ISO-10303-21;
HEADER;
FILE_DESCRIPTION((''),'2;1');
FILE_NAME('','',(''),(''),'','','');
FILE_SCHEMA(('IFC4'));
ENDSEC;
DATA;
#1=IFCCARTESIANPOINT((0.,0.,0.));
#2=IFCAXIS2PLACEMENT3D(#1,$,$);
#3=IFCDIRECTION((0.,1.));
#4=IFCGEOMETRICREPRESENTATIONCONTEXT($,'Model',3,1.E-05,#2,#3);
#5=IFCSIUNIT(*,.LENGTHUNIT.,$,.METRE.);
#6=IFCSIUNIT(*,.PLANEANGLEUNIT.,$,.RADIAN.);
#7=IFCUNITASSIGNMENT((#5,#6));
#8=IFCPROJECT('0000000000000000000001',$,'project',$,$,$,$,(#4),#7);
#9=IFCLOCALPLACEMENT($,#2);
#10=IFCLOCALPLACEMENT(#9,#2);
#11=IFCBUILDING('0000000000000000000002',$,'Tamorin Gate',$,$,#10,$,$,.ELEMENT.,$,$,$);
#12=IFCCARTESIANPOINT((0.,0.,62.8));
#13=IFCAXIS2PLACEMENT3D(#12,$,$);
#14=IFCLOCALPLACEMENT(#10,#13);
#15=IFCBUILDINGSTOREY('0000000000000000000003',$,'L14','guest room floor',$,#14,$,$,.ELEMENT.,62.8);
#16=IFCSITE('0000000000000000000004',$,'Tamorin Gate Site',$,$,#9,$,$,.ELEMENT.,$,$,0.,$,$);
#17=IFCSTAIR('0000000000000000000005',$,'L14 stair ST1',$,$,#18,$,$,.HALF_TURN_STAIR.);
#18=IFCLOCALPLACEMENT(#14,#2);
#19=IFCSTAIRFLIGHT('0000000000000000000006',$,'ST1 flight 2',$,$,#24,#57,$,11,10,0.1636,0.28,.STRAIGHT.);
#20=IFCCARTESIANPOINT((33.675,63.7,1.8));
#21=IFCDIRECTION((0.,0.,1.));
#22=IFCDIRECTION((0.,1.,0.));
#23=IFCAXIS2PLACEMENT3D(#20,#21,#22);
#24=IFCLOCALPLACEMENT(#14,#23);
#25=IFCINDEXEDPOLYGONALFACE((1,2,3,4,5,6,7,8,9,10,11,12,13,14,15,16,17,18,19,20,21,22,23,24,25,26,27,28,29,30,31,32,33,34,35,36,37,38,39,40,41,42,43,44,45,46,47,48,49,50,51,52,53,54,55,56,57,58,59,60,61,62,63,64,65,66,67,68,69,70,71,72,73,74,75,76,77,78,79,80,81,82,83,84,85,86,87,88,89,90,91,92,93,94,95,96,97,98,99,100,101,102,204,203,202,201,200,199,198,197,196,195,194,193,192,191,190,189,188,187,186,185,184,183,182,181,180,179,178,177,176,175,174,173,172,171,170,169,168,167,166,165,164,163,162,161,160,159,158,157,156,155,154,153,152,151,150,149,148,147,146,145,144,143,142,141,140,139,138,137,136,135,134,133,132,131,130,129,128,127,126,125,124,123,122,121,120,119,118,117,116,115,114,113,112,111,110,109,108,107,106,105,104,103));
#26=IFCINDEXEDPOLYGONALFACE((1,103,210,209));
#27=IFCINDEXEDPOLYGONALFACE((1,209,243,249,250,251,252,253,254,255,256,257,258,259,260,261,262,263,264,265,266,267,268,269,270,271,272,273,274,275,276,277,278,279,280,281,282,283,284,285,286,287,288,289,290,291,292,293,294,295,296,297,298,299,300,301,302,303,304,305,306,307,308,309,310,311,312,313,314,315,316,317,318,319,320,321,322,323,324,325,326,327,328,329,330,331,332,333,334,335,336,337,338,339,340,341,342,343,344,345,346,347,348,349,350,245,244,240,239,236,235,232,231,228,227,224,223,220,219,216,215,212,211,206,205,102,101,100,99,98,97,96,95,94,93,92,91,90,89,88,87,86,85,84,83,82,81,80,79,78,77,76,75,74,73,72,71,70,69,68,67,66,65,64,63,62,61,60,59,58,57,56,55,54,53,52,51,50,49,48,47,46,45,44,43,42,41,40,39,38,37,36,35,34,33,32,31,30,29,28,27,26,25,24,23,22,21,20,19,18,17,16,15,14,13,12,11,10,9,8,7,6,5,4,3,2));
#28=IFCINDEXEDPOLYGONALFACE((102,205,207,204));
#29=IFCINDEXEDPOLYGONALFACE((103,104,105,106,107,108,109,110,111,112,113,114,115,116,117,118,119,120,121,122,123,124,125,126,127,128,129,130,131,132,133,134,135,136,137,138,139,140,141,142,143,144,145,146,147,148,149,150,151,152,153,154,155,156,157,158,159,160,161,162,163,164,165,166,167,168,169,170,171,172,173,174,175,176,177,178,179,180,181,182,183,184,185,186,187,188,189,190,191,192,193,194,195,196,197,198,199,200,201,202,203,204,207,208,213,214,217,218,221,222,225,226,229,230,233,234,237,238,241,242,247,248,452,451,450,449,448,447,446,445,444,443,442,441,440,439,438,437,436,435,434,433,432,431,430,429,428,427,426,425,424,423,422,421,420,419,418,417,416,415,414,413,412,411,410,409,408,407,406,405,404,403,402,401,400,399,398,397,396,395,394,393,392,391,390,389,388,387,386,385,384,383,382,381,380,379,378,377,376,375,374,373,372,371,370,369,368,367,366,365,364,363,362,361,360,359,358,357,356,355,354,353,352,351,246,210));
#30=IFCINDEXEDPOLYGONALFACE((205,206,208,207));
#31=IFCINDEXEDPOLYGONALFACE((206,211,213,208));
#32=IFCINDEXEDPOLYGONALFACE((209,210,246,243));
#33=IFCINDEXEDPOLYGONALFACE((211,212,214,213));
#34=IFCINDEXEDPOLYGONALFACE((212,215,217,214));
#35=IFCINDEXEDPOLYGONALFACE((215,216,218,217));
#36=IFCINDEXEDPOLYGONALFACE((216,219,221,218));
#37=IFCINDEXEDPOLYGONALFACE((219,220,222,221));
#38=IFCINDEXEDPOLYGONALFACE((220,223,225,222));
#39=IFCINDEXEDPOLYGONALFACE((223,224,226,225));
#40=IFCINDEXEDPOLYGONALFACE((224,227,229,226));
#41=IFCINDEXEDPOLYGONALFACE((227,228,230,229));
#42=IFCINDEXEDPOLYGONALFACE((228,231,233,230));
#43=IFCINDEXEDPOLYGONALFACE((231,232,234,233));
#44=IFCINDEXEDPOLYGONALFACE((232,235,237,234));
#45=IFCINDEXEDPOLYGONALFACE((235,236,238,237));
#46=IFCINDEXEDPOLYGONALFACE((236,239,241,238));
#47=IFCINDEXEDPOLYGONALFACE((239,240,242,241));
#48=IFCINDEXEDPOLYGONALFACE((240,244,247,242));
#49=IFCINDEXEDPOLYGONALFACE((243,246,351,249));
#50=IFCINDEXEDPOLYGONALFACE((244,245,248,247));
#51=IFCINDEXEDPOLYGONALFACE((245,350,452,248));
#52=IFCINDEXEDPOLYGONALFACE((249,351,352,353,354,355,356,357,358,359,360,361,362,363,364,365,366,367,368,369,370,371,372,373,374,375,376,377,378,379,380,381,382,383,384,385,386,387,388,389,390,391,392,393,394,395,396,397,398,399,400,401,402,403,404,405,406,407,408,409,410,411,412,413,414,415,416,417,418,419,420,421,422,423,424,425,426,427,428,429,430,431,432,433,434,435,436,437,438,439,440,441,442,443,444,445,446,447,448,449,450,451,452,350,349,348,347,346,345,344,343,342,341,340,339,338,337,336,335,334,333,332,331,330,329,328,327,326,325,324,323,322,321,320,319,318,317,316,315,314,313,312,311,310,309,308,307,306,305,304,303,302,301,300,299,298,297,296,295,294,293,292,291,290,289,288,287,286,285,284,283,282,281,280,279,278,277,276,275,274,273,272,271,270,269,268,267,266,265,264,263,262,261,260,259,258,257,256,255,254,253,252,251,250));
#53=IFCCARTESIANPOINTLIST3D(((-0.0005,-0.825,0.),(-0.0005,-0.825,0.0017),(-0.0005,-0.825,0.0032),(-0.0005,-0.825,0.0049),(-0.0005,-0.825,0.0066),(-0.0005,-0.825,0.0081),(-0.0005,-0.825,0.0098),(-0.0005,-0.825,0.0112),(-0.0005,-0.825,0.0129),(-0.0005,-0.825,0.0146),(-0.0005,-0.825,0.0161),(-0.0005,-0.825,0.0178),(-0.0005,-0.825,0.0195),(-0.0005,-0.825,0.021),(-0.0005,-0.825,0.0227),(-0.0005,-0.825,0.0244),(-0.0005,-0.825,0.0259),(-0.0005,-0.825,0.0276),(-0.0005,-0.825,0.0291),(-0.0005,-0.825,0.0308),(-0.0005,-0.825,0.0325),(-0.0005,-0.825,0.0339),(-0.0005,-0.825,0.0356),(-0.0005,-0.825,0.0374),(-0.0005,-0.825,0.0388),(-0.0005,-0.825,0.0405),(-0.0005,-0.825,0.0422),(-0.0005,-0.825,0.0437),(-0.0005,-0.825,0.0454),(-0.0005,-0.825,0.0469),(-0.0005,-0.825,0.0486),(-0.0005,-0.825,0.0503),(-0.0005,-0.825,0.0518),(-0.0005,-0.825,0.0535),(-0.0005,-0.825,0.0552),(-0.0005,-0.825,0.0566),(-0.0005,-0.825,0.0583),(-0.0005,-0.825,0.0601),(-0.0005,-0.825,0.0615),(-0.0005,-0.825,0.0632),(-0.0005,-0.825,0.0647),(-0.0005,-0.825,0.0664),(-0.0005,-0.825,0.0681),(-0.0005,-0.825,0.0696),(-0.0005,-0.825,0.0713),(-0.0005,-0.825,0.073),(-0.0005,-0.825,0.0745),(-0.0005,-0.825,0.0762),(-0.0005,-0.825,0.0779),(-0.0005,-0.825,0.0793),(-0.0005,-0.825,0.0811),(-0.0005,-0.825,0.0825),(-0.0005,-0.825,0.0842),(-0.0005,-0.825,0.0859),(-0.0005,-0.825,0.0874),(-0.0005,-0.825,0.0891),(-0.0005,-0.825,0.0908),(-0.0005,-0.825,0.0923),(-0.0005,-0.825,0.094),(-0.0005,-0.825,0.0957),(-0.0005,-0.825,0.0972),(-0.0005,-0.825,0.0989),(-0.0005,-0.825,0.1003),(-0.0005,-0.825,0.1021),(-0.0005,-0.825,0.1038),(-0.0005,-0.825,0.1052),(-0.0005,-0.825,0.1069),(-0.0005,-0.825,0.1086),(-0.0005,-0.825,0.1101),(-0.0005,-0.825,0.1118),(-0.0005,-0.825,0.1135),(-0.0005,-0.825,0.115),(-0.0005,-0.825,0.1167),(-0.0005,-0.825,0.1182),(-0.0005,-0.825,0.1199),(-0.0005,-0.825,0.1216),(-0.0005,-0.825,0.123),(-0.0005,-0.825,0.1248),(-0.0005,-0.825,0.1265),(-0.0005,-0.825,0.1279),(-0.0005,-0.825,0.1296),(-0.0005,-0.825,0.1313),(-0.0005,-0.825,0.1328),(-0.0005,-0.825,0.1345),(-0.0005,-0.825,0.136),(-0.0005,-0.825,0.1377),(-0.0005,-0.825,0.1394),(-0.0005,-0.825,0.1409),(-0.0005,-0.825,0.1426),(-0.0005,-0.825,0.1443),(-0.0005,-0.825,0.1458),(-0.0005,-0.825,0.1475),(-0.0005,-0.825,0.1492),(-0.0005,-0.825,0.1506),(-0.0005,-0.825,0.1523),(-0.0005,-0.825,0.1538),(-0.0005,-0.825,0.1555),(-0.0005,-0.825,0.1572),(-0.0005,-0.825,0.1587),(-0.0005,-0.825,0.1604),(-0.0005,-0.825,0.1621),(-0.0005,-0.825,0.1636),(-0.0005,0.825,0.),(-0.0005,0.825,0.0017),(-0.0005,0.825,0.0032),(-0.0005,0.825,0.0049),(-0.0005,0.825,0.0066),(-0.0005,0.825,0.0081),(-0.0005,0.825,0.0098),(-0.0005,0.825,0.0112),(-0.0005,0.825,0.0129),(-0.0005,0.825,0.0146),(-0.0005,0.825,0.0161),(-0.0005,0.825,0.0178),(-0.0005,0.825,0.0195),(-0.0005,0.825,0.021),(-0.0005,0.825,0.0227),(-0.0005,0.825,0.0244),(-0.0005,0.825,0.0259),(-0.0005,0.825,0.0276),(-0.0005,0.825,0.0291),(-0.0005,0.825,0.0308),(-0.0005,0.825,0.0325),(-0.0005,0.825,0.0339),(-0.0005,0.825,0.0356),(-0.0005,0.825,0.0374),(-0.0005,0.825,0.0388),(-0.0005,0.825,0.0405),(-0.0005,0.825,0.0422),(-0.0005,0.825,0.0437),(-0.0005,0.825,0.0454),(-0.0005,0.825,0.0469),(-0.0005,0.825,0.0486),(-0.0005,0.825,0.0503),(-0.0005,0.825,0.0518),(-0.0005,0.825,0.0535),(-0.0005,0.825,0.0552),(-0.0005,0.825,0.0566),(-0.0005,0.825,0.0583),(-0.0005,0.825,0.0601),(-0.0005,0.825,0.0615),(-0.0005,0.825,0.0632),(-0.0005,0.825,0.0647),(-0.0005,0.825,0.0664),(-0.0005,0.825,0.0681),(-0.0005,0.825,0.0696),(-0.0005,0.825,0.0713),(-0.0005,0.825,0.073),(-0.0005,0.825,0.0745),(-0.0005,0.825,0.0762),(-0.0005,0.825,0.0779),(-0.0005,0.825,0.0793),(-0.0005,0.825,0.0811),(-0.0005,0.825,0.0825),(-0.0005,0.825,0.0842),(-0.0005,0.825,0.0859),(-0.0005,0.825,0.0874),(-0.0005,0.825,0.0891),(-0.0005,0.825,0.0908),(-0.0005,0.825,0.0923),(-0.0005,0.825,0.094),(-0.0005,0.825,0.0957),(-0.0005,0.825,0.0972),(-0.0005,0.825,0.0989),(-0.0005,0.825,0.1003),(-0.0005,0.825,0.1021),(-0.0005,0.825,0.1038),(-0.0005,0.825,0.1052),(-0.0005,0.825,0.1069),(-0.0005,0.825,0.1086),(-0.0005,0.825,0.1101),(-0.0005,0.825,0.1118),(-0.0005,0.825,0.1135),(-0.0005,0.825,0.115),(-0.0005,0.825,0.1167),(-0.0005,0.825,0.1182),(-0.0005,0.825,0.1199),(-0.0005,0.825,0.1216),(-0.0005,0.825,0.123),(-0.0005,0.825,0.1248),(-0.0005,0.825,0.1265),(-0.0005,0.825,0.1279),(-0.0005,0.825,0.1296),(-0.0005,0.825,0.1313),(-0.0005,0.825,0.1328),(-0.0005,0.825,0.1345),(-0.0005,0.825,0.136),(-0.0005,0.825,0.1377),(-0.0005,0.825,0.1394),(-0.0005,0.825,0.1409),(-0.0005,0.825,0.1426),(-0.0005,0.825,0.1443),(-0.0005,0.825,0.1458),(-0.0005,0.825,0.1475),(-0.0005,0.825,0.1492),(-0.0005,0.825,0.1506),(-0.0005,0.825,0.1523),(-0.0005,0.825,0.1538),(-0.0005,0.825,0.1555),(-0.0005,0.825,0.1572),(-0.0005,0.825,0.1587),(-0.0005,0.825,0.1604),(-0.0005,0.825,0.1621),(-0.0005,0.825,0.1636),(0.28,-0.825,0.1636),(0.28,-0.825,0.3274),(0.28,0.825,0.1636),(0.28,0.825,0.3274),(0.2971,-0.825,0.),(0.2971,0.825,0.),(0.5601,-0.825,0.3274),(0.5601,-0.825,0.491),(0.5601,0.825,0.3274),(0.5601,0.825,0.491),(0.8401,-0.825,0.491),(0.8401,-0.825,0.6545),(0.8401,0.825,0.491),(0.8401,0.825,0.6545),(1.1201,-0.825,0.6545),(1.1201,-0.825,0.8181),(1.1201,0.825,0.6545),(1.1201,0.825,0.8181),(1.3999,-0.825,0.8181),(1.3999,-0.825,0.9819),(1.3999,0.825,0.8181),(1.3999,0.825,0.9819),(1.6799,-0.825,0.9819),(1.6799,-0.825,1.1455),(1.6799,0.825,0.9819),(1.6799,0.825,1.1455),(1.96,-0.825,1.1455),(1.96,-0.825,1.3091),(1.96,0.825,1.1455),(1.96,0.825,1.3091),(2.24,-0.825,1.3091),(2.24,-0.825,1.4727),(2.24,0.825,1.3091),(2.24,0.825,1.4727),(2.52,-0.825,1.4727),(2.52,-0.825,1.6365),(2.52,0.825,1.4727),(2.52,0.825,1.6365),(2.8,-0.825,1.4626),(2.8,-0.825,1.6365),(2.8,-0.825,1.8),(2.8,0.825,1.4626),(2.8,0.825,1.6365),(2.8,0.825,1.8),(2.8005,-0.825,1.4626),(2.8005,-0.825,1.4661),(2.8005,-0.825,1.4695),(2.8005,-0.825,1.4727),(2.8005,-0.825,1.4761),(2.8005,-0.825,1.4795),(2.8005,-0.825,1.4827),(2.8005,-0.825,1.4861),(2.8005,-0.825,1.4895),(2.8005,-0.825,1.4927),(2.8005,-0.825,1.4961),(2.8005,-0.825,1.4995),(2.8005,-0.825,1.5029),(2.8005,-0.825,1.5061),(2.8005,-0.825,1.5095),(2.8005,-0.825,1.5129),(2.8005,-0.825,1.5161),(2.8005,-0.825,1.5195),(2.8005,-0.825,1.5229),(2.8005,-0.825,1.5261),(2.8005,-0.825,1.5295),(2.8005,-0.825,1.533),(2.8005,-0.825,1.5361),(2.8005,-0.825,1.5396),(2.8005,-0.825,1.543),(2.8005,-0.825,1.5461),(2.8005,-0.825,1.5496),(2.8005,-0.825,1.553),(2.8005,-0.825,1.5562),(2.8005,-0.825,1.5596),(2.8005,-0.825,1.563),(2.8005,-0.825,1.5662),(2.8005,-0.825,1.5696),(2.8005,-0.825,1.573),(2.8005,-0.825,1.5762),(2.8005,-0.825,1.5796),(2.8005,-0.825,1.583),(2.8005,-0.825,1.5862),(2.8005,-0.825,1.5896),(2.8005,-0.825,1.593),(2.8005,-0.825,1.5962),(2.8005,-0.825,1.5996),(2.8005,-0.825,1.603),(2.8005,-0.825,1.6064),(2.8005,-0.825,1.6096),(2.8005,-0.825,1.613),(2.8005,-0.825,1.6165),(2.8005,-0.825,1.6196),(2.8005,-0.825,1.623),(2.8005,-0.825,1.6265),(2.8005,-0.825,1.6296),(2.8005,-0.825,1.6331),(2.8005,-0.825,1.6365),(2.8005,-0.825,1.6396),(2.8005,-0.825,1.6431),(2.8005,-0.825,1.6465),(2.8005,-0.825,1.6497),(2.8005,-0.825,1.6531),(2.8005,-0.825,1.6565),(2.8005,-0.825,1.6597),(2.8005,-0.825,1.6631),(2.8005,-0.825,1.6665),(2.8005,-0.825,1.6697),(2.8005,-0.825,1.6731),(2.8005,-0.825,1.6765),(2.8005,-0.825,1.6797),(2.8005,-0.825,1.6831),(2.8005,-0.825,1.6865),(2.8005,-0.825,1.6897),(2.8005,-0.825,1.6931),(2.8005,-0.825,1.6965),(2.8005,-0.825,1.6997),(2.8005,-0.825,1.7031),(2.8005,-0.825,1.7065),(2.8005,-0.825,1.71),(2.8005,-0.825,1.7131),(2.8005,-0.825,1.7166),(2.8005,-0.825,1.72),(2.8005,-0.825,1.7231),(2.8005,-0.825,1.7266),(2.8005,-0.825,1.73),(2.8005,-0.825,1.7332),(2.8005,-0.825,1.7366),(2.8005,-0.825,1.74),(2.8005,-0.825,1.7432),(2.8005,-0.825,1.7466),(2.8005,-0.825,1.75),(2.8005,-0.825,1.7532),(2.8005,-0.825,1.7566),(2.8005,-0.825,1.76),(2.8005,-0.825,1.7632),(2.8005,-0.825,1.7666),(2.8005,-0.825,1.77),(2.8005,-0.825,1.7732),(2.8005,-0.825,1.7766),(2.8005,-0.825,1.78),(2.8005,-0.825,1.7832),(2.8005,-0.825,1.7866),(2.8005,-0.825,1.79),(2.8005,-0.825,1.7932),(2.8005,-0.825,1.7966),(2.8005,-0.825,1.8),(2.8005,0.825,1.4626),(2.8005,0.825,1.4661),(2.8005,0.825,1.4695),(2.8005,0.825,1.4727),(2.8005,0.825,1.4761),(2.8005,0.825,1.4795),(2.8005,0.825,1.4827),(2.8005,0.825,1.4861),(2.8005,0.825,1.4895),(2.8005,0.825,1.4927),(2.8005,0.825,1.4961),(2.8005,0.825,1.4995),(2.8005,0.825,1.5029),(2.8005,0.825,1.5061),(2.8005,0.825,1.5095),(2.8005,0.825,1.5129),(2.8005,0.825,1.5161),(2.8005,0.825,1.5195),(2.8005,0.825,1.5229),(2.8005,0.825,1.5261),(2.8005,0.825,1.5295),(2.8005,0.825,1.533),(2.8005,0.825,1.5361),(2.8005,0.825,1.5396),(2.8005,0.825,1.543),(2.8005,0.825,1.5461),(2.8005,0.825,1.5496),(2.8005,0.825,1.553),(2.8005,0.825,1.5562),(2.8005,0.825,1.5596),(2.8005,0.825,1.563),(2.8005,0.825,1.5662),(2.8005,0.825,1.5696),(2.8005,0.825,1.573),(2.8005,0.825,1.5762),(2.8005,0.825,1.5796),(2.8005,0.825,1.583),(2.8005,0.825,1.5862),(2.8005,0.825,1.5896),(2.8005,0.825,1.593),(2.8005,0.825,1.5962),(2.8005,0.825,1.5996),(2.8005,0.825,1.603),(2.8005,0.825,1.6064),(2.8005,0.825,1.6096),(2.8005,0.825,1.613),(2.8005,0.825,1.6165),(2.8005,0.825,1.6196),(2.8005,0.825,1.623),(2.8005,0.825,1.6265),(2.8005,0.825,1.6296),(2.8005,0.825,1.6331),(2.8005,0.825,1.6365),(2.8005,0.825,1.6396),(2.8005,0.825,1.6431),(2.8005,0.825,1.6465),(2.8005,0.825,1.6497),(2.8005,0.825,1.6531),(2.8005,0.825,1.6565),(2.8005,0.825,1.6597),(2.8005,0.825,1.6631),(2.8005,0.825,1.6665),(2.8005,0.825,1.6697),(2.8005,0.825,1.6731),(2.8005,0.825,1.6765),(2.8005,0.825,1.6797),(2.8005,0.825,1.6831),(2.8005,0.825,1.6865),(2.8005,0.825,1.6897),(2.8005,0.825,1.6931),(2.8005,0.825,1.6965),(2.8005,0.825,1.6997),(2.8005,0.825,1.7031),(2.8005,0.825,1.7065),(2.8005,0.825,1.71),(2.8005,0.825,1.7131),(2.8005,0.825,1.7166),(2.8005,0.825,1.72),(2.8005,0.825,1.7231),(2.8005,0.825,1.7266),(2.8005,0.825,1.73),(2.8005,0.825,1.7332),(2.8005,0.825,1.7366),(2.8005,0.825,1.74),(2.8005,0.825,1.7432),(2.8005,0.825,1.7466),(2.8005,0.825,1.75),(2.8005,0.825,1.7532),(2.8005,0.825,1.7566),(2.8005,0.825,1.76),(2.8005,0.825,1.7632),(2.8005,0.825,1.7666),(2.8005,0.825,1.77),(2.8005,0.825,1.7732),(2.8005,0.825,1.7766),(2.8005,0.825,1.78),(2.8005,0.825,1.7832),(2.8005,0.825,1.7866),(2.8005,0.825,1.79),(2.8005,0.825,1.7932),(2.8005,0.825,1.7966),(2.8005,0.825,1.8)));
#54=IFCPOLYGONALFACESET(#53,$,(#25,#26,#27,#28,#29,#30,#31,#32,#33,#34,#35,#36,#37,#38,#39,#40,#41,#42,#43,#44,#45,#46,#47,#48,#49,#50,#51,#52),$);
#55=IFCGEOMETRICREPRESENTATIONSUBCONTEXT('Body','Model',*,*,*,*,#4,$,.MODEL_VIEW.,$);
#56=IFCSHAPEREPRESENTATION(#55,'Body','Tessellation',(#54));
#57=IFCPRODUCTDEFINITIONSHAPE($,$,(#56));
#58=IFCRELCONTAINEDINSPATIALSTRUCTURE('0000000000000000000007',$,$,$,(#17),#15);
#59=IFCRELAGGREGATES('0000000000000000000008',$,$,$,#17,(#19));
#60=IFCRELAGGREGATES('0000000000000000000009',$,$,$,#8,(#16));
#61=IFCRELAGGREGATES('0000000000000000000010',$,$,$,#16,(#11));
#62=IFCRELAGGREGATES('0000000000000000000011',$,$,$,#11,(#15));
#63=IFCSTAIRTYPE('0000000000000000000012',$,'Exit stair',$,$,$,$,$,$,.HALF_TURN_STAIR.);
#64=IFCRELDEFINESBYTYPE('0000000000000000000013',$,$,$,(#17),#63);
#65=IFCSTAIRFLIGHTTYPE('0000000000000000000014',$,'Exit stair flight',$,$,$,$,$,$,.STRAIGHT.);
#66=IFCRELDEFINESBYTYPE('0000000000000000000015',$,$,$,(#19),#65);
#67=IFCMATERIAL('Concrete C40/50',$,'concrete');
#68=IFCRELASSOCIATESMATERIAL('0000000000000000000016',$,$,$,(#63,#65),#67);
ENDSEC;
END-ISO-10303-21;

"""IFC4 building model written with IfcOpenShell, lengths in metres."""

from ifc_helpers import new_model, si_unit, direction, frame, origin, place, context, subcontext, project, spatial, polyline, outline, extrude, material, type_object, element, aggregate, save


model = new_model("IFC4")

# Units and contexts
model_context = context("Model", 3, precision=1e-05, world=origin(), true_north=direction((0.0, 1.0)))
body_context = subcontext(model_context, "Body", "Model", "MODEL_VIEW")
ifc_project = project(units=[si_unit("LENGTHUNIT", "METRE"), si_unit("PLANEANGLEUNIT", "RADIAN")], contexts=[model_context])

# Site, building, storey
site_placement = place(None, origin())
site = spatial("IfcSite", under=ifc_project, at=site_placement, Name="Tamorin Gate Site", CompositionType="ELEMENT", RefElevation=0.0)
building_placement = place(site_placement, origin())
building = spatial("IfcBuilding", under=site, at=building_placement, Name="Tamorin Gate", CompositionType="ELEMENT")
storey_placement = place(building_placement, frame((0.0, 0.0, 62.8)))
storey = spatial("IfcBuildingStorey", under=building, at=storey_placement, Name="L14", Description="guest room floor", CompositionType="ELEMENT", Elevation=62.8)

# Shared definitions
ifc_material_1 = material(Name="Concrete C40/50", Category="concrete")

# Stair, stair flight
stair_type = type_object("IfcStairType", Name="Exit stair", PredefinedType="HALF_TURN_STAIR", material=ifc_material_1)
stair_placement = place(storey_placement, origin())
stair = element("IfcStair", 1, at=stair_placement, inside=storey, type_object=stair_type, Name="L14 stair ST1", PredefinedType="HALF_TURN_STAIR")
stair_flight_type = type_object("IfcStairFlightType", Name="Exit stair flight", PredefinedType="STRAIGHT", material=ifc_material_1)
stair_flight_1_placement = place(storey_placement, frame((33.675, 63.7, 1.8), z_axis=(0.0, 0.0, 1.0), x_axis=(0.0, 1.0, 0.0)))
stair_flight_1 = element("IfcStairFlight", 2, at=stair_flight_1_placement, type_object=stair_flight_type, Name="ST1 flight 2", NumberOfRisers=11, NumberOfTreads=10, PredefinedType="STRAIGHT", RiserHeight=0.1636, TreadLength=0.28, context=body_context, shape_type="SweptSolid", body=[
    extrude(outline(polyline([(-0.0005, 0.0), (-0.0005, 0.0017), (-0.0005, 0.0032), (-0.0005, 0.0049), (-0.0005, 0.0066), (-0.0005, 0.0081), (-0.0005, 0.0098), (-0.0005, 0.0112), (-0.0005, 0.0129), (-0.0005, 0.0146), (-0.0005, 0.0161), (-0.0005, 0.0178), (-0.0005, 0.0195), (-0.0005, 0.021), (-0.0005, 0.0227), (-0.0005, 0.0244), (-0.0005, 0.0259), (-0.0005, 0.0276), (-0.0005, 0.0291), (-0.0005, 0.0308), (-0.0005, 0.0325), (-0.0005, 0.0339), (-0.0005, 0.0356), (-0.0005, 0.0374), (-0.0005, 0.0388), (-0.0005, 0.0405), (-0.0005, 0.0422), (-0.0005, 0.0437), (-0.0005, 0.0454), (-0.0005, 0.0469), (-0.0005, 0.0486), (-0.0005, 0.0503), (-0.0005, 0.0518), (-0.0005, 0.0535), (-0.0005, 0.0552), (-0.0005, 0.0566), (-0.0005, 0.0583), (-0.0005, 0.0601), (-0.0005, 0.0615), (-0.0005, 0.0632), (-0.0005, 0.0647), (-0.0005, 0.0664), (-0.0005, 0.0681), (-0.0005, 0.0696), (-0.0005, 0.0713), (-0.0005, 0.073), (-0.0005, 0.0745), (-0.0005, 0.0762), (-0.0005, 0.0779), (-0.0005, 0.0793), (-0.0005, 0.0811), (-0.0005, 0.0825), (-0.0005, 0.0842), (-0.0005, 0.0859), (-0.0005, 0.0874), (-0.0005, 0.0891), (-0.0005, 0.0908), (-0.0005, 0.0923), (-0.0005, 0.094), (-0.0005, 0.0957), (-0.0005, 0.0972), (-0.0005, 0.0989), (-0.0005, 0.1003), (-0.0005, 0.1021), (-0.0005, 0.1038), (-0.0005, 0.1052), (-0.0005, 0.1069), (-0.0005, 0.1086), (-0.0005, 0.1101), (-0.0005, 0.1118), (-0.0005, 0.1135), (-0.0005, 0.115), (-0.0005, 0.1167), (-0.0005, 0.1182), (-0.0005, 0.1199), (-0.0005, 0.1216), (-0.0005, 0.123), (-0.0005, 0.1248), (-0.0005, 0.1265), (-0.0005, 0.1279), (-0.0005, 0.1296), (-0.0005, 0.1313), (-0.0005, 0.1328), (-0.0005, 0.1345), (-0.0005, 0.136), (-0.0005, 0.1377), (-0.0005, 0.1394), (-0.0005, 0.1409), (-0.0005, 0.1426), (-0.0005, 0.1443), (-0.0005, 0.1458), (-0.0005, 0.1475), (-0.0005, 0.1492), (-0.0005, 0.1506), (-0.0005, 0.1523), (-0.0005, 0.1538), (-0.0005, 0.1555), (-0.0005, 0.1572), (-0.0005, 0.1587), (-0.0005, 0.1604), (-0.0005, 0.1621), (-0.0005, 0.1636), (0.28, 0.1636), (0.28, 0.3274), (0.5601, 0.3274), (0.5601, 0.491), (0.8401, 0.491), (0.8401, 0.6545), (1.1201, 0.6545), (1.1201, 0.8181), (1.3999, 0.8181), (1.3999, 0.9819), (1.6799, 0.9819), (1.6799, 1.1455), (1.96, 1.1455), (1.96, 1.3091), (2.24, 1.3091), (2.24, 1.4727), (2.52, 1.4727), (2.52, 1.6365), (2.8, 1.6365), (2.8, 1.8), (2.8005, 1.8), (2.8005, 1.7966), (2.8005, 1.7932), (2.8005, 1.79), (2.8005, 1.7866), (2.8005, 1.7832), (2.8005, 1.78), (2.8005, 1.7766), (2.8005, 1.7732), (2.8005, 1.77), (2.8005, 1.7666), (2.8005, 1.7632), (2.8005, 1.76), (2.8005, 1.7566), (2.8005, 1.7532), (2.8005, 1.75), (2.8005, 1.7466), (2.8005, 1.7432), (2.8005, 1.74), (2.8005, 1.7366), (2.8005, 1.7332), (2.8005, 1.73), (2.8005, 1.7266), (2.8005, 1.7231), (2.8005, 1.72), (2.8005, 1.7166), (2.8005, 1.7131), (2.8005, 1.71), (2.8005, 1.7065), (2.8005, 1.7031), (2.8005, 1.6997), (2.8005, 1.6965), (2.8005, 1.6931), (2.8005, 1.6897), (2.8005, 1.6865), (2.8005, 1.6831), (2.8005, 1.6797), (2.8005, 1.6765), (2.8005, 1.6731), (2.8005, 1.6697), (2.8005, 1.6665), (2.8005, 1.6631), (2.8005, 1.6597), (2.8005, 1.6565), (2.8005, 1.6531), (2.8005, 1.6497), (2.8005, 1.6465), (2.8005, 1.6431), (2.8005, 1.6396), (2.8005, 1.6365), (2.8005, 1.6331), (2.8005, 1.6296), (2.8005, 1.6265), (2.8005, 1.623), (2.8005, 1.6196), (2.8005, 1.6165), (2.8005, 1.613), (2.8005, 1.6096), (2.8005, 1.6064), (2.8005, 1.603), (2.8005, 1.5996), (2.8005, 1.5962), (2.8005, 1.593), (2.8005, 1.5896), (2.8005, 1.5862), (2.8005, 1.583), (2.8005, 1.5796), (2.8005, 1.5762), (2.8005, 1.573), (2.8005, 1.5696), (2.8005, 1.5662), (2.8005, 1.563), (2.8005, 1.5596), (2.8005, 1.5562), (2.8005, 1.553), (2.8005, 1.5496), (2.8005, 1.5461), (2.8005, 1.543), (2.8005, 1.5396), (2.8005, 1.5361), (2.8005, 1.533), (2.8005, 1.5295), (2.8005, 1.5261), (2.8005, 1.5229), (2.8005, 1.5195), (2.8005, 1.5161), (2.8005, 1.5129), (2.8005, 1.5095), (2.8005, 1.5061), (2.8005, 1.5029), (2.8005, 1.4995), (2.8005, 1.4961), (2.8005, 1.4927), (2.8005, 1.4895), (2.8005, 1.4861), (2.8005, 1.4827), (2.8005, 1.4795), (2.8005, 1.4761), (2.8005, 1.4727), (2.8005, 1.4695), (2.8005, 1.4661), (2.8005, 1.4626), (2.8, 1.4626), (0.2971, 0.0), (-0.0005, 0.0)])), frame((0.0, 0.825, 0.0), z_axis=(0.0, -1.0, 0.0), x_axis=(1.0, 0.0, 0.0)), (0.0, 0.0, 1.0), 1.6499),
])
aggregate(stair, [stair_flight_1])

save(model, "model.ifc")
